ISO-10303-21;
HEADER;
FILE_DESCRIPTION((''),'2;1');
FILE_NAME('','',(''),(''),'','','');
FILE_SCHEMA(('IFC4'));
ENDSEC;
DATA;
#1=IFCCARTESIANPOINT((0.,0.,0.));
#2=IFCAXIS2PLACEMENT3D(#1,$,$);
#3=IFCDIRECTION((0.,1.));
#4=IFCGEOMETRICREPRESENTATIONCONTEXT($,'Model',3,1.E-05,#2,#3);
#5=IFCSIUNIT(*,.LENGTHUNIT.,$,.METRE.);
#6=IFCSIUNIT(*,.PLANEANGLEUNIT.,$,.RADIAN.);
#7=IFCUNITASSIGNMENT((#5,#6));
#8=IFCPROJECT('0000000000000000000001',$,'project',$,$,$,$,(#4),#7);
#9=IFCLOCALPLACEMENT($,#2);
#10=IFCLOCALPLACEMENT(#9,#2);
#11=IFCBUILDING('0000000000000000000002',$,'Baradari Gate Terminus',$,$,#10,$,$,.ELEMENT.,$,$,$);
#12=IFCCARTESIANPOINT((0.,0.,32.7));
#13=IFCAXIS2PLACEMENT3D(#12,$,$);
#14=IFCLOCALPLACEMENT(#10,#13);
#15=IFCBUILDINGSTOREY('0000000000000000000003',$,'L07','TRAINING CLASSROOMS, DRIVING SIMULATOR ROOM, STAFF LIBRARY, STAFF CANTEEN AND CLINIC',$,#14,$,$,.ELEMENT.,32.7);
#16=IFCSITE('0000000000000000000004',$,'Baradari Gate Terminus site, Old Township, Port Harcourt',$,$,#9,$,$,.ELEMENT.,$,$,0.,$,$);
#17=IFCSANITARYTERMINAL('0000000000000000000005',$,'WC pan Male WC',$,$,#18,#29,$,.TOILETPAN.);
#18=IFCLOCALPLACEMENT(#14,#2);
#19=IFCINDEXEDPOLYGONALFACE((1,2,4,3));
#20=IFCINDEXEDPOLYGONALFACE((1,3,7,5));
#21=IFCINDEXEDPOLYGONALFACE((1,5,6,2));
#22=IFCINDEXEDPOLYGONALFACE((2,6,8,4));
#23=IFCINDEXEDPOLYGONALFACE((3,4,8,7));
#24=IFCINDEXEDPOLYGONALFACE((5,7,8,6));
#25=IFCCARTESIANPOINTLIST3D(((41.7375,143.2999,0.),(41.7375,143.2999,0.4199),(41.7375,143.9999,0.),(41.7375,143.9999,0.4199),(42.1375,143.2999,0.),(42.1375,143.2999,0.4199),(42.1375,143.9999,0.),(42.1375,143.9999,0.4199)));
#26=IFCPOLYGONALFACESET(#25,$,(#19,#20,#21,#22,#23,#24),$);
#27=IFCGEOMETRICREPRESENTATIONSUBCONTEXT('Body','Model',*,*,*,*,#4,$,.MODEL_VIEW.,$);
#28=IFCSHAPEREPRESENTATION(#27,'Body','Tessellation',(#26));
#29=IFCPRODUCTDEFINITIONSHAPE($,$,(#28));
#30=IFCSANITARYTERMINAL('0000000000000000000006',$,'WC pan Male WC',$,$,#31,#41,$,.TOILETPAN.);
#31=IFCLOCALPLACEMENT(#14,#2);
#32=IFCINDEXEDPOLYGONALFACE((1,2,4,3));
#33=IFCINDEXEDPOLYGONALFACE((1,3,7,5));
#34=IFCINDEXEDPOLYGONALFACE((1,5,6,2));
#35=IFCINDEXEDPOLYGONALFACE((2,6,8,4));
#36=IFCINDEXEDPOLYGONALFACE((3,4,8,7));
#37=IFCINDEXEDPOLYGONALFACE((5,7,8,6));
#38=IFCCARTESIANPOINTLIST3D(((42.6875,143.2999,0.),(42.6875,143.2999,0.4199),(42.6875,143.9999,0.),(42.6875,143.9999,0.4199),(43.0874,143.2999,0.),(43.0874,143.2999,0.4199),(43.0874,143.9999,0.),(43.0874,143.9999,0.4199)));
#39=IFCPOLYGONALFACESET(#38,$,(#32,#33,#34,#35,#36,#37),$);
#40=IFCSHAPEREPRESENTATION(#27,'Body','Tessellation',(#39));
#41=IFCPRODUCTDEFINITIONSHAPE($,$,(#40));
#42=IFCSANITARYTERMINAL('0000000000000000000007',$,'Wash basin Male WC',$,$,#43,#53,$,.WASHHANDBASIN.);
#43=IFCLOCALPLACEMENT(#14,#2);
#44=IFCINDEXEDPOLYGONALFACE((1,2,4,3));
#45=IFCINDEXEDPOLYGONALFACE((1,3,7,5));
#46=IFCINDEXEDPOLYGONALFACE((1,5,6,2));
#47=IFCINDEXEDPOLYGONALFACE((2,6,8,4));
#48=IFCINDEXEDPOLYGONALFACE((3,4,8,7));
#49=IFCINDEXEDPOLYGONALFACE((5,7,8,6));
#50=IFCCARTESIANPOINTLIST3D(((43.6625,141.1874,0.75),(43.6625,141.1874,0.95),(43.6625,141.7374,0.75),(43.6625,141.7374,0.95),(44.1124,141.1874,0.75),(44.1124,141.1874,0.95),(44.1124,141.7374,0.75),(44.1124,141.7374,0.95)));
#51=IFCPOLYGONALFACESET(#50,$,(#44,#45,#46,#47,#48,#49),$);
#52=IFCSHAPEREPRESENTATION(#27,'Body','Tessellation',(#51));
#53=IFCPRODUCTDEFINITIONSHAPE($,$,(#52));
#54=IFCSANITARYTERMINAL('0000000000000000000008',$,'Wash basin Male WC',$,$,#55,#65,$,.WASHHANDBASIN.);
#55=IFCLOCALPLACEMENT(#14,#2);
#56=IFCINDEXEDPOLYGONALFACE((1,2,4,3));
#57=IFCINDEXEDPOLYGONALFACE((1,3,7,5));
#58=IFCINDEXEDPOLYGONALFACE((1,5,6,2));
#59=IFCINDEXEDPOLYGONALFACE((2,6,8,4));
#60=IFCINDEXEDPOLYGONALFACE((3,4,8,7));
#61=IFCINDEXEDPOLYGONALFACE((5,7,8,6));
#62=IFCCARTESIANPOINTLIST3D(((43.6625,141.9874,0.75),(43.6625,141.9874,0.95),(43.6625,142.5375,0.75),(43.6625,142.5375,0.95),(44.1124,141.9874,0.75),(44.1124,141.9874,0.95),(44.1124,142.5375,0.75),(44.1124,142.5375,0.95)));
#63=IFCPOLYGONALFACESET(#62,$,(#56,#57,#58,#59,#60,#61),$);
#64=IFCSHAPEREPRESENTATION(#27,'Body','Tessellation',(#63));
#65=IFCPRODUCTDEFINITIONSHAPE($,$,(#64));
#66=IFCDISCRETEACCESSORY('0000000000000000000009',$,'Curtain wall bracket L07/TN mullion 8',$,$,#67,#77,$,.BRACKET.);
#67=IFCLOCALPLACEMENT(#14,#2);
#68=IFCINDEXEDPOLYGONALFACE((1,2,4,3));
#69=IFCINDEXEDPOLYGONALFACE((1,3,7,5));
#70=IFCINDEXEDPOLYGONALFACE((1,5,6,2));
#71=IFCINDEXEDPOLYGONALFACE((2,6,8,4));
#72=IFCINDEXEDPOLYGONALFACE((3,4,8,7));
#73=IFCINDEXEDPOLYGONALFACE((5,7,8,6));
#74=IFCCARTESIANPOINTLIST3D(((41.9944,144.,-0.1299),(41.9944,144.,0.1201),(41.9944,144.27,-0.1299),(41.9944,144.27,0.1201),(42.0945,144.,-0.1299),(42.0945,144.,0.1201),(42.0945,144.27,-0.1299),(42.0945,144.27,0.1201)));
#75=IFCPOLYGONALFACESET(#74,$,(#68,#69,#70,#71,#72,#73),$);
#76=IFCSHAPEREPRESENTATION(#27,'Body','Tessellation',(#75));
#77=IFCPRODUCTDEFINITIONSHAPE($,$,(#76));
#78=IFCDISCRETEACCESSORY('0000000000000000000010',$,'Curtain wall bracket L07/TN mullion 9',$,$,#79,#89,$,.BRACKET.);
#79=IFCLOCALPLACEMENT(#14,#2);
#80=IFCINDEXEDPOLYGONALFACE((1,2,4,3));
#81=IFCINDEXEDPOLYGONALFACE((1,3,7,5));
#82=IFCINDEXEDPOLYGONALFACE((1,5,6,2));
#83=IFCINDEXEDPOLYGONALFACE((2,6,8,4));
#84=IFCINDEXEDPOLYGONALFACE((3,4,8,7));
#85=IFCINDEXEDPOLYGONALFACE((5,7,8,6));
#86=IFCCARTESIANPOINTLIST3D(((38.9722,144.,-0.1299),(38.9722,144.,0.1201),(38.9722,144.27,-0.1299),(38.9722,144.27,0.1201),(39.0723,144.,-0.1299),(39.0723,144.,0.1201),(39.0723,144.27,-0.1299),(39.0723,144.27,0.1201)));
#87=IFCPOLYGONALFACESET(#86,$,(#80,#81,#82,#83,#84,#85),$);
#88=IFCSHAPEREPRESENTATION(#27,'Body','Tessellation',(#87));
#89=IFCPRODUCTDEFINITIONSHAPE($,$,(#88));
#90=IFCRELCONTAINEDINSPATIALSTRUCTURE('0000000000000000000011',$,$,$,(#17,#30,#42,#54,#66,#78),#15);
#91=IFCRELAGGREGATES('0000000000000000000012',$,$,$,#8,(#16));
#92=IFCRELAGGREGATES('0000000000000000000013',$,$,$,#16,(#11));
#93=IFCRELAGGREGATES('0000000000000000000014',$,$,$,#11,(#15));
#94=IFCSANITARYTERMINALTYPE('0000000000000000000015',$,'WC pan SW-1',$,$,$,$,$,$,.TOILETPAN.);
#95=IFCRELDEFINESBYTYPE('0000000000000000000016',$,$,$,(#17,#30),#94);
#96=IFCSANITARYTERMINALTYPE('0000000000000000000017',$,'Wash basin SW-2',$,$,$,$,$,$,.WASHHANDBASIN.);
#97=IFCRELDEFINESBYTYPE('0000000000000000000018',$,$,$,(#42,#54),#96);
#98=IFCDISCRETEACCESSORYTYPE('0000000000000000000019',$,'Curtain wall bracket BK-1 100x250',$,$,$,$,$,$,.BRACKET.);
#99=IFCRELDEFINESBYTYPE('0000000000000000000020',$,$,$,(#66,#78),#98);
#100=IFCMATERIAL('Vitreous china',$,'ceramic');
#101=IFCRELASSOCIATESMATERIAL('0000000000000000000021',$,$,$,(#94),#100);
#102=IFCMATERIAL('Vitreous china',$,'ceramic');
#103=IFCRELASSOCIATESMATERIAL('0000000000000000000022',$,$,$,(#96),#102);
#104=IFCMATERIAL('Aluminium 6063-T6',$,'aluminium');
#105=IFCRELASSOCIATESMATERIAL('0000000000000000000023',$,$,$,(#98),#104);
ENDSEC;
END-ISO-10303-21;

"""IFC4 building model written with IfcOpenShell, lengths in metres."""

from ifc_helpers import new_model, si_unit, direction, frame, origin, origin_2d, place, context, subcontext, project, spatial, rectangle, extrude, material, type_object, element, save


model = new_model("IFC4")

# Units and contexts
model_context = context("Model", 3, precision=1e-05, world=origin(), true_north=direction((0.0, 1.0)))
body_context = subcontext(model_context, "Body", "Model", "MODEL_VIEW")
ifc_project = project(units=[si_unit("LENGTHUNIT", "METRE"), si_unit("PLANEANGLEUNIT", "RADIAN")], contexts=[model_context])

# Site, building, storey
site_placement = place(None, origin())
site = spatial("IfcSite", under=ifc_project, at=site_placement, Name="Baradari Gate Terminus site, Old Township, Port Harcourt", CompositionType="ELEMENT", RefElevation=0.0)
building_placement = place(site_placement, origin())
building = spatial("IfcBuilding", under=site, at=building_placement, Name="Baradari Gate Terminus", CompositionType="ELEMENT")
storey_placement = place(building_placement, frame((0.0, 0.0, 32.7)))
storey = spatial("IfcBuildingStorey", under=building, at=storey_placement, Name="L07", Description="TRAINING CLASSROOMS, DRIVING SIMULATOR ROOM, STAFF LIBRARY, STAFF CANTEEN AND CLINIC", CompositionType="ELEMENT", Elevation=32.7)

# Sanitary terminals
ifc_material_1 = material(Name="Vitreous china", Category="ceramic")
sanitary_terminal_type_1 = type_object("IfcSanitaryTerminalType", Name="WC pan SW-1", PredefinedType="TOILETPAN", material=ifc_material_1)
for number, where, z_axis, x_axis, name in (
    (1, (41.9375, 143.6499, 0.0), (0.0, 0.0, 1.0), (1.0, 0.0, 0.0), "WC pan Male WC"),
    (2, (42.8875, 143.6499, 0.0), (0.0, 0.0, 1.0), (1.0, 0.0, 0.0), "WC pan Male WC"),
):
    element("IfcSanitaryTerminal", number, at=place(storey_placement, frame(where, z_axis=z_axis, x_axis=x_axis)), inside=storey, type_object=sanitary_terminal_type_1, Name=name, PredefinedType="TOILETPAN", context=body_context, shape_type="SweptSolid", body=[
        extrude(rectangle(XDim=0.3999, YDim=0.7, at=origin_2d()), origin(), (0.0, 0.0, 1.0), 0.4199),
    ])
ifc_material_2 = material(Name="Vitreous china", Category="ceramic")
sanitary_terminal_type_2 = type_object("IfcSanitaryTerminalType", Name="Wash basin SW-2", PredefinedType="WASHHANDBASIN", material=ifc_material_2)
for number, where, z_axis, x_axis, name in (
    (3, (43.8875, 141.4624, 0.75), (0.0, 0.0, 1.0), (1.0, 0.0, 0.0), "Wash basin Male WC"),
    (4, (43.8875, 142.2625, 0.75), (0.0, 0.0, 1.0), (1.0, 0.0, 0.0), "Wash basin Male WC"),
):
    element("IfcSanitaryTerminal", number, at=place(storey_placement, frame(where, z_axis=z_axis, x_axis=x_axis)), inside=storey, type_object=sanitary_terminal_type_2, Name=name, PredefinedType="WASHHANDBASIN", context=body_context, shape_type="SweptSolid", body=[
        extrude(rectangle(XDim=0.45, YDim=0.55, at=origin_2d()), origin(), (0.0, 0.0, 1.0), 0.2),
    ])

# Discrete accessories
ifc_material_3 = material(Name="Aluminium 6063-T6", Category="aluminium")
discrete_accessory_type = type_object("IfcDiscreteAccessoryType", Name="Curtain wall bracket BK-1 100x250", PredefinedType="BRACKET", material=ifc_material_3)
for number, where, z_axis, x_axis, name in (
    (5, (42.0444, 144.135, -0.1299), (0.0, 0.0, 1.0), (0.0, 1.0, 0.0), "Curtain wall bracket L07/TN mullion 8"),
    (6, (39.0222, 144.135, -0.1299), (0.0, 0.0, 1.0), (0.0, 1.0, 0.0), "Curtain wall bracket L07/TN mullion 9"),
):
    element("IfcDiscreteAccessory", number, at=place(storey_placement, frame(where, z_axis=z_axis, x_axis=x_axis)), inside=storey, type_object=discrete_accessory_type, Name=name, PredefinedType="BRACKET", context=body_context, shape_type="SweptSolid", body=[
        extrude(rectangle(XDim=0.27, YDim=0.1001, at=origin_2d()), origin(), (0.0, 0.0, 1.0), 0.25),
    ])

save(model, "model.ifc")
